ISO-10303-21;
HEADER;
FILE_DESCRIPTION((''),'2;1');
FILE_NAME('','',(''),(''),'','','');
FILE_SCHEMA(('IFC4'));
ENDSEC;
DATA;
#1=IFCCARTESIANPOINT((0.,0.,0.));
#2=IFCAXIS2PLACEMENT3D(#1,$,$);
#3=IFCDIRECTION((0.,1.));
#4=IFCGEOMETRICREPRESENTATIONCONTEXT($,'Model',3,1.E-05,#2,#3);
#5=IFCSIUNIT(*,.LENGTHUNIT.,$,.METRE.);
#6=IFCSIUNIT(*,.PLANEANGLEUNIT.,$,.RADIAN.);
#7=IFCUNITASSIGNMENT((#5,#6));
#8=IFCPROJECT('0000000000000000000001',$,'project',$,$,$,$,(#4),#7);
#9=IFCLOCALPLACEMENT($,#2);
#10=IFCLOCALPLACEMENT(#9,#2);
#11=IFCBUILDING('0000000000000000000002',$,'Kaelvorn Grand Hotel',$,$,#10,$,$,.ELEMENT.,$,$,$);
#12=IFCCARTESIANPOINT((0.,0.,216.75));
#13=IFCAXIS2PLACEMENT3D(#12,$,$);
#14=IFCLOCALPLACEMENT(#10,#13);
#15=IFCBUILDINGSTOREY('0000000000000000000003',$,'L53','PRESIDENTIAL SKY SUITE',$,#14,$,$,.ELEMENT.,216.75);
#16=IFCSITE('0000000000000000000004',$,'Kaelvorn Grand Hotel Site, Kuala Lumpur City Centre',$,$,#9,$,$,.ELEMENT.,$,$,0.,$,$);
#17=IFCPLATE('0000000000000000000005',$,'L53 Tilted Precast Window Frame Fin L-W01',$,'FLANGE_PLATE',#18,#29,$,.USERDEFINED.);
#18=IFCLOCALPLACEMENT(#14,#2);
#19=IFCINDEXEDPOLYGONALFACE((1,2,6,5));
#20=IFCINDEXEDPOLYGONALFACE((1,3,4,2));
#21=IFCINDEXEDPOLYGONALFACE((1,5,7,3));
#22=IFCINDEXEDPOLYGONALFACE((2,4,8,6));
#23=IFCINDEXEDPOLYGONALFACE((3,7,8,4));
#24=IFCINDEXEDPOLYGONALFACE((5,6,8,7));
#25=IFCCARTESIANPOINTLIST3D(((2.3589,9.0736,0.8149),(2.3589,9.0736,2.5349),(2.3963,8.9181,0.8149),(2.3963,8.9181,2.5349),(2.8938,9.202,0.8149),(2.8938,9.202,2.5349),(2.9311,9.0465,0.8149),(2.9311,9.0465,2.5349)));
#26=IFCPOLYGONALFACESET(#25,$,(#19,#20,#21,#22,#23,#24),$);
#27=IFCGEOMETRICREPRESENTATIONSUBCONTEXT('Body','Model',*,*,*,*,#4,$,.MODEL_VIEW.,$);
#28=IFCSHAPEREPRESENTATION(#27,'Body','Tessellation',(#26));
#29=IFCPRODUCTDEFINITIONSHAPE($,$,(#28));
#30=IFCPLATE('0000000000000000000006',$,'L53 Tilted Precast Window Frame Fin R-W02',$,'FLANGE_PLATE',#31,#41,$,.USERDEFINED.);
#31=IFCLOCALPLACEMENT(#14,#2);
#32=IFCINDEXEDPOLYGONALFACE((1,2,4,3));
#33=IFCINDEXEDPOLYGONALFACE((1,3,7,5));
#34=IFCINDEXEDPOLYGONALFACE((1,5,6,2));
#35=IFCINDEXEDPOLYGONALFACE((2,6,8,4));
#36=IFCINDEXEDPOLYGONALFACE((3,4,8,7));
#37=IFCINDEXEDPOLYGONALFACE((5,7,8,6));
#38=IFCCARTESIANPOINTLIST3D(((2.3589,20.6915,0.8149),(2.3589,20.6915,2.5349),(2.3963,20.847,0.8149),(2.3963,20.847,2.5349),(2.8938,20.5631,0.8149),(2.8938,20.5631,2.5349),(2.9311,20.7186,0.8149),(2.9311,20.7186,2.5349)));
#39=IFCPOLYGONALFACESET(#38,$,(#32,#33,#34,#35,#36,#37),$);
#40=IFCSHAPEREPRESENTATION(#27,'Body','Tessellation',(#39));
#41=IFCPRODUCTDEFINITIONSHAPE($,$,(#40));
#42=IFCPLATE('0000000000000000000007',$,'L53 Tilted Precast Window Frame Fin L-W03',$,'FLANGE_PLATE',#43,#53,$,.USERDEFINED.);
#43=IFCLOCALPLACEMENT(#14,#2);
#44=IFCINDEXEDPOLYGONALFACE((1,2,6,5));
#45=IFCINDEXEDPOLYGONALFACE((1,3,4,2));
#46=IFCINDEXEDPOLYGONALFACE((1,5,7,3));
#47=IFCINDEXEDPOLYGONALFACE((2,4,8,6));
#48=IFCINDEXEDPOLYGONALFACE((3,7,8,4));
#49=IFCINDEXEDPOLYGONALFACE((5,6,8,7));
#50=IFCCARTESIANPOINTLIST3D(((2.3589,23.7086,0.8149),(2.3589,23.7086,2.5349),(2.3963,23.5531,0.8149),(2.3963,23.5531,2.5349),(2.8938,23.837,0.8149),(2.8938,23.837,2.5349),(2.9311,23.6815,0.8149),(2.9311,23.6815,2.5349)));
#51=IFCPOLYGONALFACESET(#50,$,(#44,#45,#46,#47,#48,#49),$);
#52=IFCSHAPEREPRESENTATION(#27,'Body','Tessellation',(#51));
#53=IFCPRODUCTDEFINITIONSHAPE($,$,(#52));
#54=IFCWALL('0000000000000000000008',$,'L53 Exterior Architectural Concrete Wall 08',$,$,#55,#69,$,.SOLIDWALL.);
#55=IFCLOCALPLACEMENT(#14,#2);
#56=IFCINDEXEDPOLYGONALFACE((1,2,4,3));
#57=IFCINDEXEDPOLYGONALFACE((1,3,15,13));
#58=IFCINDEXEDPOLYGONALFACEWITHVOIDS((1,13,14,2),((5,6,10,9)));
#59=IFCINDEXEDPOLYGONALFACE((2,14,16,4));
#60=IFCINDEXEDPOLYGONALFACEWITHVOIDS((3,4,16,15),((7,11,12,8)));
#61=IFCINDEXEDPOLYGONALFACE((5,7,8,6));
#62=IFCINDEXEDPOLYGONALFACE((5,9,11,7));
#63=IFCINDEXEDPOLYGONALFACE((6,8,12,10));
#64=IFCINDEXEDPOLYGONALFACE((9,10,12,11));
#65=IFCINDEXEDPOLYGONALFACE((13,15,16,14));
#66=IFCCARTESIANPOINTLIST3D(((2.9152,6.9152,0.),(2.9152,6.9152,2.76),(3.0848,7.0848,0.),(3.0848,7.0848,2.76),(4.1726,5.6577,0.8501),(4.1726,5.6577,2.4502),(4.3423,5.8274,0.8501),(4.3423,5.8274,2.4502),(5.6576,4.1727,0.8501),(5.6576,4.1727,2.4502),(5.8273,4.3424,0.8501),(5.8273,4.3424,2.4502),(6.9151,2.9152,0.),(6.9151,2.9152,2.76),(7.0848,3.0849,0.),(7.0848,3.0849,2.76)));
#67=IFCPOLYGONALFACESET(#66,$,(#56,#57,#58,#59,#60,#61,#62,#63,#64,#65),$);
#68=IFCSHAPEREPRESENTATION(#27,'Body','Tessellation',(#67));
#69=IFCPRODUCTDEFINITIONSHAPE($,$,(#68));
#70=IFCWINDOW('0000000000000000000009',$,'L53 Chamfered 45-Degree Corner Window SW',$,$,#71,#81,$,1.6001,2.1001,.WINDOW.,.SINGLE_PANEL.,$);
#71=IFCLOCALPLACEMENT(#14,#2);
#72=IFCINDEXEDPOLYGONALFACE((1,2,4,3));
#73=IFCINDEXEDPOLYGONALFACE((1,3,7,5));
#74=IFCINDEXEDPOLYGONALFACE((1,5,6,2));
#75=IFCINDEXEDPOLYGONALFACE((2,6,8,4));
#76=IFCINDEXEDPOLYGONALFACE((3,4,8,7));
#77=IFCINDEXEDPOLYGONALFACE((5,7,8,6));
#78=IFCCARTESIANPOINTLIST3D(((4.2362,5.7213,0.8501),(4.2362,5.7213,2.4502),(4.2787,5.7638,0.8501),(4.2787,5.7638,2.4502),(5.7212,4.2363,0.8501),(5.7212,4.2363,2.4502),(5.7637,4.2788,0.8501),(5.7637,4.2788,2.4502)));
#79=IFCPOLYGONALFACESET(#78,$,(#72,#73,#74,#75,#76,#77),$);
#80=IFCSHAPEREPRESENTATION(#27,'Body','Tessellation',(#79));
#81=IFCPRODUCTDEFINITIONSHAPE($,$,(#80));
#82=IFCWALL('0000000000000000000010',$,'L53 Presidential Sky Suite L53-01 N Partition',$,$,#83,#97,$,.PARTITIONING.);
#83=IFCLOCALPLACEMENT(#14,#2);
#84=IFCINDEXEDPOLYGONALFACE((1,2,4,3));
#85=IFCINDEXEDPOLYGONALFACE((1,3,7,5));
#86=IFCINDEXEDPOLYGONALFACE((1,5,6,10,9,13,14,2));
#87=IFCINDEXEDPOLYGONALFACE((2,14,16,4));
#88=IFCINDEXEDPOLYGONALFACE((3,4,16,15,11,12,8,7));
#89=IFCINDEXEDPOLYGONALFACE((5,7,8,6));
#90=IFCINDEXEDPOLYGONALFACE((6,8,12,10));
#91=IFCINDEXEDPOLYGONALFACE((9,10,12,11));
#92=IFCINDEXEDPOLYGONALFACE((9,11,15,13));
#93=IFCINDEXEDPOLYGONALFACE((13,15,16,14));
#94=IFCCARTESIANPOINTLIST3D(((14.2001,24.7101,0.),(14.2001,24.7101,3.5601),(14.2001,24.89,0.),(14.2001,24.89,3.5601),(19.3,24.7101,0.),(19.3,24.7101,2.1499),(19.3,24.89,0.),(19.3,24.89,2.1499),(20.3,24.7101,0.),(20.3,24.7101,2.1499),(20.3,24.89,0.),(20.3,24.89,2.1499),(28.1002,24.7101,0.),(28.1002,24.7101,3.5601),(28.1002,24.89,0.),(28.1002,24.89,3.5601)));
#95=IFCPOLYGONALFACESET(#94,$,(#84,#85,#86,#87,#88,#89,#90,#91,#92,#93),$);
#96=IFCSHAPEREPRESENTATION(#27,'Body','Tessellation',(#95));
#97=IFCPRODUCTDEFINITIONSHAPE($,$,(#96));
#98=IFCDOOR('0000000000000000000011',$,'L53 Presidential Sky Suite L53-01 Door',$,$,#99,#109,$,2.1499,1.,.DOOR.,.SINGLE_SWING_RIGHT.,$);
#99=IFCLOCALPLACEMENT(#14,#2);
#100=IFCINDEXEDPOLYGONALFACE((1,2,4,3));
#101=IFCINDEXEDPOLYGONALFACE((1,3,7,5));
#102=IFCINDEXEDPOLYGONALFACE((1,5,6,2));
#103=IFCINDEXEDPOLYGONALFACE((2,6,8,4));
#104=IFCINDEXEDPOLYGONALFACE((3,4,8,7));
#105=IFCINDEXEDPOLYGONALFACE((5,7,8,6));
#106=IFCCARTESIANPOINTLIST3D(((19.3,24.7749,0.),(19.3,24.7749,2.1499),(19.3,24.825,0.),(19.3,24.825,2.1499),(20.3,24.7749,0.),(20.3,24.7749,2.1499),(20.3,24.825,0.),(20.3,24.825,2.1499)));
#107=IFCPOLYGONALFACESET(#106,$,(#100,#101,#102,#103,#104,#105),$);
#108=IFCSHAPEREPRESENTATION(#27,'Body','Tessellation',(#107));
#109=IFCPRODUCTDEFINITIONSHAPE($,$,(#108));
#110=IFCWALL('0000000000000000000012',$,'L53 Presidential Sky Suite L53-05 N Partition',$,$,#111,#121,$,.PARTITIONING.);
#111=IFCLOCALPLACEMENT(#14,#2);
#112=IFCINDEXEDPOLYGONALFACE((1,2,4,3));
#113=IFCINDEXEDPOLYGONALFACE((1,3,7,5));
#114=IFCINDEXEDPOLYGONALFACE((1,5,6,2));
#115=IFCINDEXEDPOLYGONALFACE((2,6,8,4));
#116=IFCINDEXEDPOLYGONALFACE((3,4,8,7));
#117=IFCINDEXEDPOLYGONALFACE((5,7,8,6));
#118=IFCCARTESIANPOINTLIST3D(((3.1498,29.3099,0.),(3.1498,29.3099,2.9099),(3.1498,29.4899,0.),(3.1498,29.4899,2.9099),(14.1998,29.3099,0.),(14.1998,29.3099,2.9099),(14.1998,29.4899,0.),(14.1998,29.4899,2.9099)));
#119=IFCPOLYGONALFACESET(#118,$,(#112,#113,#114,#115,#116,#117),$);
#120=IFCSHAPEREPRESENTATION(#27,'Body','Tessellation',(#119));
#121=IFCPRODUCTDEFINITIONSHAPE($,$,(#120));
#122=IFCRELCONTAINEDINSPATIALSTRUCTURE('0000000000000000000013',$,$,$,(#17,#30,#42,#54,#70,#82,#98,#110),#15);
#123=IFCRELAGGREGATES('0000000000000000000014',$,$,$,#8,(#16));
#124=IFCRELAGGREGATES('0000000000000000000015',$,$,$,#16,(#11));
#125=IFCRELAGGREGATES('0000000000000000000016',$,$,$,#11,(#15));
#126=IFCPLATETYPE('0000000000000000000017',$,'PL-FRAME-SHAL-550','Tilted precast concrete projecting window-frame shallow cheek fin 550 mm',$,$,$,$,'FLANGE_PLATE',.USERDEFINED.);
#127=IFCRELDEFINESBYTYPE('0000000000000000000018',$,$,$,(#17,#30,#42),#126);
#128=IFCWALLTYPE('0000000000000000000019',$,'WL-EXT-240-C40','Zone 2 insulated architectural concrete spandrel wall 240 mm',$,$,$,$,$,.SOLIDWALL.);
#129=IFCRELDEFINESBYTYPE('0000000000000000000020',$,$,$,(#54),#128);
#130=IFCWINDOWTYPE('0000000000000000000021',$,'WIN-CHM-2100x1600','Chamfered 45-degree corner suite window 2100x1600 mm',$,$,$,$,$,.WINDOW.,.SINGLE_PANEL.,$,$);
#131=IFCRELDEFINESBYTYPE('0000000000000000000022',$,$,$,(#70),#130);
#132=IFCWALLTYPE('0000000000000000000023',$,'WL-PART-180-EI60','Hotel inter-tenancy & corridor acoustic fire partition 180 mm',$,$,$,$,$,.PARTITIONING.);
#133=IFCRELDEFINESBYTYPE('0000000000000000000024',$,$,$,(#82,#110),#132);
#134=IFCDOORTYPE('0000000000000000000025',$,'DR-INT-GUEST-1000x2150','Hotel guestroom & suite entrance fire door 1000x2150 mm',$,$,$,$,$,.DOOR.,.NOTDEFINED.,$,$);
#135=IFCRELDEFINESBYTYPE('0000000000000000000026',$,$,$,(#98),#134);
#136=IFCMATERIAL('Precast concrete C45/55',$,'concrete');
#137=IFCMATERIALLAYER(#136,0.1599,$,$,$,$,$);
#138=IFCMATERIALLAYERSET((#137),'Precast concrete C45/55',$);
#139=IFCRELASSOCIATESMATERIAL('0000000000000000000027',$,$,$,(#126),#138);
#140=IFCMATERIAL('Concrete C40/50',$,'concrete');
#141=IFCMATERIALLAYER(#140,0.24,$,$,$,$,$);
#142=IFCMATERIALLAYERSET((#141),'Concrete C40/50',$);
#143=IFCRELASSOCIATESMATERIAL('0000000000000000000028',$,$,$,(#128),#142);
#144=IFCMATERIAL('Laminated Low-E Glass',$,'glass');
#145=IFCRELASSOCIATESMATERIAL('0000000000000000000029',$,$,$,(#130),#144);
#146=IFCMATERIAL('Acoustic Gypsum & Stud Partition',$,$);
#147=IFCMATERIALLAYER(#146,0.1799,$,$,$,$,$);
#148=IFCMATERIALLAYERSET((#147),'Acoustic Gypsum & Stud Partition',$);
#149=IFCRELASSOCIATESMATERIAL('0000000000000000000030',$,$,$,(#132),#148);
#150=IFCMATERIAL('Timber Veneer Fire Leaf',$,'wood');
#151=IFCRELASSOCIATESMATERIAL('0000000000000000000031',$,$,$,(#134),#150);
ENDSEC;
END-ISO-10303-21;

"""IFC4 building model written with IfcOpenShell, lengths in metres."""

from ifc_helpers import new_model, si_unit, direction, frame, frame_2d, origin, origin_2d, place, context, subcontext, project, spatial, rectangle, extrude, material, layer, layer_set, type_object, element, fill, save


model = new_model("IFC4")

# Units and contexts
model_context = context("Model", 3, precision=1e-05, world=origin(), true_north=direction((0.0, 1.0)))
body_context = subcontext(model_context, "Body", "Model", "MODEL_VIEW")
ifc_project = project(units=[si_unit("LENGTHUNIT", "METRE"), si_unit("PLANEANGLEUNIT", "RADIAN")], contexts=[model_context])

# Site, building, storey
site_placement = place(None, origin())
site = spatial("IfcSite", under=ifc_project, at=site_placement, Name="Kaelvorn Grand Hotel Site, Kuala Lumpur City Centre", CompositionType="ELEMENT", RefElevation=0.0)
building_placement = place(site_placement, origin())
building = spatial("IfcBuilding", under=site, at=building_placement, Name="Kaelvorn Grand Hotel", CompositionType="ELEMENT")
storey_placement = place(building_placement, frame((0.0, 0.0, 216.75)))
storey = spatial("IfcBuildingStorey", under=building, at=storey_placement, Name="L53", Description="PRESIDENTIAL SKY SUITE", CompositionType="ELEMENT", Elevation=216.75)

# Plates
ifc_material_1 = material(Name="Precast concrete C45/55", Category="concrete")
ifc_layer_1 = layer(ifc_material_1, 0.1599)
ifc_layer_set_1 = layer_set([ifc_layer_1], Name="Precast concrete C45/55")
plate_type_1 = type_object("IfcPlateType", Name="PL-FRAME-SHAL-550", Description="Tilted precast concrete projecting window-frame shallow cheek fin 550 mm", ElementType="FLANGE_PLATE", PredefinedType="USERDEFINED", material=ifc_layer_set_1)
for number, where, z_axis, x_axis, name in (
    (1, (2.645, 9.0601, 0.8149), (0.0, 0.0, 1.0), (-0.233445, 0.97237, 0.0), "L53 Tilted Precast Window Frame Fin L-W01"),
    (2, (2.645, 20.7051, 0.8149), (0.0, 0.0, 1.0), (0.233445, 0.97237, 0.0), "L53 Tilted Precast Window Frame Fin R-W02"),
    (3, (2.645, 23.6951, 0.8149), (0.0, 0.0, 1.0), (-0.233445, 0.97237, 0.0), "L53 Tilted Precast Window Frame Fin L-W03"),
):
    element("IfcPlate", number, at=place(storey_placement, frame(where, z_axis=z_axis, x_axis=x_axis)), inside=storey, type_object=plate_type_1, Name=name, ObjectType="FLANGE_PLATE", PredefinedType="USERDEFINED", context=body_context, shape_type="SweptSolid", body=[
        extrude(rectangle(XDim=0.1599, YDim=0.55, at=origin_2d()), origin(), (0.0, 0.0, 1.0), 1.72),
    ])

# Wall, opening, window
ifc_material_2 = material(Name="Concrete C40/50", Category="concrete")
ifc_layer_2 = layer(ifc_material_2, 0.24)
ifc_layer_set_2 = layer_set([ifc_layer_2], Name="Concrete C40/50")
wall_type_1 = type_object("IfcWallType", Name="WL-EXT-240-C40", Description="Zone 2 insulated architectural concrete spandrel wall 240 mm", PredefinedType="SOLIDWALL", material=ifc_layer_set_2)
wall_1_placement = place(storey_placement, frame((3.0, 7.0, 0.0), z_axis=(0.0, 0.0, 1.0), x_axis=(0.707107, -0.707107, 0.0)))
wall_1 = element("IfcWall", 4, at=wall_1_placement, inside=storey, type_object=wall_type_1, Name="L53 Exterior Architectural Concrete Wall 08", PredefinedType="SOLIDWALL", context=body_context, shape_type="SweptSolid", body=[
    extrude(rectangle(XDim=5.6567, YDim=0.24, at=frame_2d((2.8284, 0.0))), origin(), (0.0, 0.0, 1.0), 2.76),
])
opening_1_placement = place(wall_1_placement, frame((1.7783, 0.0, 0.8501)))
opening_1 = element("IfcOpeningElement", 5, at=opening_1_placement, cuts=wall_1, PredefinedType="OPENING", context=body_context, shape_type="SweptSolid", body=[
    extrude(rectangle(XDim=2.1001, YDim=1.6001, at=frame_2d((1.05, 0.8))), frame((0.0, 0.1299, 0.0), z_axis=(0.0, -1.0, 0.0), x_axis=(1.0, 0.0, 0.0)), (0.0, 0.0, 1.0), 0.26),
])
ifc_material_3 = material(Name="Laminated Low-E Glass", Category="glass")
window_type = type_object("IfcWindowType", Name="WIN-CHM-2100x1600", Description="Chamfered 45-degree corner suite window 2100x1600 mm", PartitioningType="SINGLE_PANEL", PredefinedType="WINDOW", material=ifc_material_3)
window_placement = place(opening_1_placement, origin())
window = element("IfcWindow", 6, at=window_placement, inside=storey, type_object=window_type, Name="L53 Chamfered 45-Degree Corner Window SW", OverallHeight=1.6001, OverallWidth=2.1001, PartitioningType="SINGLE_PANEL", PredefinedType="WINDOW", context=body_context, shape_type="SweptSolid", body=[
    extrude(rectangle(XDim=2.1001, YDim=1.6001, at=frame_2d((1.05, 0.8))), frame((0.0, 0.03, 0.0), z_axis=(0.0, -1.0, 0.0), x_axis=(1.0, 0.0, 0.0)), (0.0, 0.0, 1.0), 0.0601),
])
fill(opening_1, window)

# Wall, opening, door
ifc_material_4 = material(Name="Acoustic Gypsum & Stud Partition")
ifc_layer_3 = layer(ifc_material_4, 0.1799)
ifc_layer_set_3 = layer_set([ifc_layer_3], Name="Acoustic Gypsum & Stud Partition")
wall_type_2 = type_object("IfcWallType", Name="WL-PART-180-EI60", Description="Hotel inter-tenancy & corridor acoustic fire partition 180 mm", PredefinedType="PARTITIONING", material=ifc_layer_set_3)
wall_2_placement = place(storey_placement, frame((14.2, 24.8, 0.0), z_axis=(0.0, 0.0, 1.0), x_axis=(1.0, 0.0, 0.0)))
wall_2 = element("IfcWall", 7, at=wall_2_placement, inside=storey, type_object=wall_type_2, Name="L53 Presidential Sky Suite L53-01 N Partition", PredefinedType="PARTITIONING", context=body_context, shape_type="SweptSolid", body=[
    extrude(rectangle(XDim=13.9001, YDim=0.1799, at=frame_2d((6.9502, 0.0))), origin(), (0.0, 0.0, 1.0), 3.5601),
])
opening_2_placement = place(wall_2_placement, frame((5.1001, 0.0, 0.0)))
opening_2 = element("IfcOpeningElement", 8, at=opening_2_placement, cuts=wall_2, PredefinedType="OPENING", context=body_context, shape_type="SweptSolid", body=[
    extrude(rectangle(XDim=1.0, YDim=2.1499, at=frame_2d((0.5, 1.075))), frame((0.0, 0.1001, 0.0), z_axis=(0.0, -1.0, 0.0), x_axis=(1.0, 0.0, 0.0)), (0.0, 0.0, 1.0), 0.2),
])
ifc_material_5 = material(Name="Timber Veneer Fire Leaf", Category="wood")
door_type = type_object("IfcDoorType", Name="DR-INT-GUEST-1000x2150", Description="Hotel guestroom & suite entrance fire door 1000x2150 mm", OperationType="NOTDEFINED", PredefinedType="DOOR", material=ifc_material_5)
door_1_placement = place(opening_2_placement, origin())
door_1 = element("IfcDoor", 9, at=door_1_placement, inside=storey, type_object=door_type, Name="L53 Presidential Sky Suite L53-01 Door", OperationType="SINGLE_SWING_RIGHT", OverallHeight=2.1499, OverallWidth=1.0, PredefinedType="DOOR", context=body_context, shape_type="SweptSolid", body=[
    extrude(rectangle(XDim=1.0, YDim=2.1499, at=frame_2d((0.5, 1.075))), frame((0.0, 0.0249, 0.0), z_axis=(0.0, -1.0, 0.0), x_axis=(1.0, 0.0, 0.0)), (0.0, 0.0, 1.0), 0.05),
])
fill(opening_2, door_1)

# Wall
wall_3_placement = place(storey_placement, frame((3.1499, 29.3999, 0.0), z_axis=(0.0, 0.0, 1.0), x_axis=(1.0, 0.0, 0.0)))
element("IfcWall", 10, at=wall_3_placement, inside=storey, type_object=wall_type_2, Name="L53 Presidential Sky Suite L53-05 N Partition", PredefinedType="PARTITIONING", context=body_context, shape_type="SweptSolid", body=[
    extrude(rectangle(XDim=11.05, YDim=0.1799, at=frame_2d((5.5249, 0.0))), origin(), (0.0, 0.0, 1.0), 2.9099),
])

save(model, "model.ifc")
